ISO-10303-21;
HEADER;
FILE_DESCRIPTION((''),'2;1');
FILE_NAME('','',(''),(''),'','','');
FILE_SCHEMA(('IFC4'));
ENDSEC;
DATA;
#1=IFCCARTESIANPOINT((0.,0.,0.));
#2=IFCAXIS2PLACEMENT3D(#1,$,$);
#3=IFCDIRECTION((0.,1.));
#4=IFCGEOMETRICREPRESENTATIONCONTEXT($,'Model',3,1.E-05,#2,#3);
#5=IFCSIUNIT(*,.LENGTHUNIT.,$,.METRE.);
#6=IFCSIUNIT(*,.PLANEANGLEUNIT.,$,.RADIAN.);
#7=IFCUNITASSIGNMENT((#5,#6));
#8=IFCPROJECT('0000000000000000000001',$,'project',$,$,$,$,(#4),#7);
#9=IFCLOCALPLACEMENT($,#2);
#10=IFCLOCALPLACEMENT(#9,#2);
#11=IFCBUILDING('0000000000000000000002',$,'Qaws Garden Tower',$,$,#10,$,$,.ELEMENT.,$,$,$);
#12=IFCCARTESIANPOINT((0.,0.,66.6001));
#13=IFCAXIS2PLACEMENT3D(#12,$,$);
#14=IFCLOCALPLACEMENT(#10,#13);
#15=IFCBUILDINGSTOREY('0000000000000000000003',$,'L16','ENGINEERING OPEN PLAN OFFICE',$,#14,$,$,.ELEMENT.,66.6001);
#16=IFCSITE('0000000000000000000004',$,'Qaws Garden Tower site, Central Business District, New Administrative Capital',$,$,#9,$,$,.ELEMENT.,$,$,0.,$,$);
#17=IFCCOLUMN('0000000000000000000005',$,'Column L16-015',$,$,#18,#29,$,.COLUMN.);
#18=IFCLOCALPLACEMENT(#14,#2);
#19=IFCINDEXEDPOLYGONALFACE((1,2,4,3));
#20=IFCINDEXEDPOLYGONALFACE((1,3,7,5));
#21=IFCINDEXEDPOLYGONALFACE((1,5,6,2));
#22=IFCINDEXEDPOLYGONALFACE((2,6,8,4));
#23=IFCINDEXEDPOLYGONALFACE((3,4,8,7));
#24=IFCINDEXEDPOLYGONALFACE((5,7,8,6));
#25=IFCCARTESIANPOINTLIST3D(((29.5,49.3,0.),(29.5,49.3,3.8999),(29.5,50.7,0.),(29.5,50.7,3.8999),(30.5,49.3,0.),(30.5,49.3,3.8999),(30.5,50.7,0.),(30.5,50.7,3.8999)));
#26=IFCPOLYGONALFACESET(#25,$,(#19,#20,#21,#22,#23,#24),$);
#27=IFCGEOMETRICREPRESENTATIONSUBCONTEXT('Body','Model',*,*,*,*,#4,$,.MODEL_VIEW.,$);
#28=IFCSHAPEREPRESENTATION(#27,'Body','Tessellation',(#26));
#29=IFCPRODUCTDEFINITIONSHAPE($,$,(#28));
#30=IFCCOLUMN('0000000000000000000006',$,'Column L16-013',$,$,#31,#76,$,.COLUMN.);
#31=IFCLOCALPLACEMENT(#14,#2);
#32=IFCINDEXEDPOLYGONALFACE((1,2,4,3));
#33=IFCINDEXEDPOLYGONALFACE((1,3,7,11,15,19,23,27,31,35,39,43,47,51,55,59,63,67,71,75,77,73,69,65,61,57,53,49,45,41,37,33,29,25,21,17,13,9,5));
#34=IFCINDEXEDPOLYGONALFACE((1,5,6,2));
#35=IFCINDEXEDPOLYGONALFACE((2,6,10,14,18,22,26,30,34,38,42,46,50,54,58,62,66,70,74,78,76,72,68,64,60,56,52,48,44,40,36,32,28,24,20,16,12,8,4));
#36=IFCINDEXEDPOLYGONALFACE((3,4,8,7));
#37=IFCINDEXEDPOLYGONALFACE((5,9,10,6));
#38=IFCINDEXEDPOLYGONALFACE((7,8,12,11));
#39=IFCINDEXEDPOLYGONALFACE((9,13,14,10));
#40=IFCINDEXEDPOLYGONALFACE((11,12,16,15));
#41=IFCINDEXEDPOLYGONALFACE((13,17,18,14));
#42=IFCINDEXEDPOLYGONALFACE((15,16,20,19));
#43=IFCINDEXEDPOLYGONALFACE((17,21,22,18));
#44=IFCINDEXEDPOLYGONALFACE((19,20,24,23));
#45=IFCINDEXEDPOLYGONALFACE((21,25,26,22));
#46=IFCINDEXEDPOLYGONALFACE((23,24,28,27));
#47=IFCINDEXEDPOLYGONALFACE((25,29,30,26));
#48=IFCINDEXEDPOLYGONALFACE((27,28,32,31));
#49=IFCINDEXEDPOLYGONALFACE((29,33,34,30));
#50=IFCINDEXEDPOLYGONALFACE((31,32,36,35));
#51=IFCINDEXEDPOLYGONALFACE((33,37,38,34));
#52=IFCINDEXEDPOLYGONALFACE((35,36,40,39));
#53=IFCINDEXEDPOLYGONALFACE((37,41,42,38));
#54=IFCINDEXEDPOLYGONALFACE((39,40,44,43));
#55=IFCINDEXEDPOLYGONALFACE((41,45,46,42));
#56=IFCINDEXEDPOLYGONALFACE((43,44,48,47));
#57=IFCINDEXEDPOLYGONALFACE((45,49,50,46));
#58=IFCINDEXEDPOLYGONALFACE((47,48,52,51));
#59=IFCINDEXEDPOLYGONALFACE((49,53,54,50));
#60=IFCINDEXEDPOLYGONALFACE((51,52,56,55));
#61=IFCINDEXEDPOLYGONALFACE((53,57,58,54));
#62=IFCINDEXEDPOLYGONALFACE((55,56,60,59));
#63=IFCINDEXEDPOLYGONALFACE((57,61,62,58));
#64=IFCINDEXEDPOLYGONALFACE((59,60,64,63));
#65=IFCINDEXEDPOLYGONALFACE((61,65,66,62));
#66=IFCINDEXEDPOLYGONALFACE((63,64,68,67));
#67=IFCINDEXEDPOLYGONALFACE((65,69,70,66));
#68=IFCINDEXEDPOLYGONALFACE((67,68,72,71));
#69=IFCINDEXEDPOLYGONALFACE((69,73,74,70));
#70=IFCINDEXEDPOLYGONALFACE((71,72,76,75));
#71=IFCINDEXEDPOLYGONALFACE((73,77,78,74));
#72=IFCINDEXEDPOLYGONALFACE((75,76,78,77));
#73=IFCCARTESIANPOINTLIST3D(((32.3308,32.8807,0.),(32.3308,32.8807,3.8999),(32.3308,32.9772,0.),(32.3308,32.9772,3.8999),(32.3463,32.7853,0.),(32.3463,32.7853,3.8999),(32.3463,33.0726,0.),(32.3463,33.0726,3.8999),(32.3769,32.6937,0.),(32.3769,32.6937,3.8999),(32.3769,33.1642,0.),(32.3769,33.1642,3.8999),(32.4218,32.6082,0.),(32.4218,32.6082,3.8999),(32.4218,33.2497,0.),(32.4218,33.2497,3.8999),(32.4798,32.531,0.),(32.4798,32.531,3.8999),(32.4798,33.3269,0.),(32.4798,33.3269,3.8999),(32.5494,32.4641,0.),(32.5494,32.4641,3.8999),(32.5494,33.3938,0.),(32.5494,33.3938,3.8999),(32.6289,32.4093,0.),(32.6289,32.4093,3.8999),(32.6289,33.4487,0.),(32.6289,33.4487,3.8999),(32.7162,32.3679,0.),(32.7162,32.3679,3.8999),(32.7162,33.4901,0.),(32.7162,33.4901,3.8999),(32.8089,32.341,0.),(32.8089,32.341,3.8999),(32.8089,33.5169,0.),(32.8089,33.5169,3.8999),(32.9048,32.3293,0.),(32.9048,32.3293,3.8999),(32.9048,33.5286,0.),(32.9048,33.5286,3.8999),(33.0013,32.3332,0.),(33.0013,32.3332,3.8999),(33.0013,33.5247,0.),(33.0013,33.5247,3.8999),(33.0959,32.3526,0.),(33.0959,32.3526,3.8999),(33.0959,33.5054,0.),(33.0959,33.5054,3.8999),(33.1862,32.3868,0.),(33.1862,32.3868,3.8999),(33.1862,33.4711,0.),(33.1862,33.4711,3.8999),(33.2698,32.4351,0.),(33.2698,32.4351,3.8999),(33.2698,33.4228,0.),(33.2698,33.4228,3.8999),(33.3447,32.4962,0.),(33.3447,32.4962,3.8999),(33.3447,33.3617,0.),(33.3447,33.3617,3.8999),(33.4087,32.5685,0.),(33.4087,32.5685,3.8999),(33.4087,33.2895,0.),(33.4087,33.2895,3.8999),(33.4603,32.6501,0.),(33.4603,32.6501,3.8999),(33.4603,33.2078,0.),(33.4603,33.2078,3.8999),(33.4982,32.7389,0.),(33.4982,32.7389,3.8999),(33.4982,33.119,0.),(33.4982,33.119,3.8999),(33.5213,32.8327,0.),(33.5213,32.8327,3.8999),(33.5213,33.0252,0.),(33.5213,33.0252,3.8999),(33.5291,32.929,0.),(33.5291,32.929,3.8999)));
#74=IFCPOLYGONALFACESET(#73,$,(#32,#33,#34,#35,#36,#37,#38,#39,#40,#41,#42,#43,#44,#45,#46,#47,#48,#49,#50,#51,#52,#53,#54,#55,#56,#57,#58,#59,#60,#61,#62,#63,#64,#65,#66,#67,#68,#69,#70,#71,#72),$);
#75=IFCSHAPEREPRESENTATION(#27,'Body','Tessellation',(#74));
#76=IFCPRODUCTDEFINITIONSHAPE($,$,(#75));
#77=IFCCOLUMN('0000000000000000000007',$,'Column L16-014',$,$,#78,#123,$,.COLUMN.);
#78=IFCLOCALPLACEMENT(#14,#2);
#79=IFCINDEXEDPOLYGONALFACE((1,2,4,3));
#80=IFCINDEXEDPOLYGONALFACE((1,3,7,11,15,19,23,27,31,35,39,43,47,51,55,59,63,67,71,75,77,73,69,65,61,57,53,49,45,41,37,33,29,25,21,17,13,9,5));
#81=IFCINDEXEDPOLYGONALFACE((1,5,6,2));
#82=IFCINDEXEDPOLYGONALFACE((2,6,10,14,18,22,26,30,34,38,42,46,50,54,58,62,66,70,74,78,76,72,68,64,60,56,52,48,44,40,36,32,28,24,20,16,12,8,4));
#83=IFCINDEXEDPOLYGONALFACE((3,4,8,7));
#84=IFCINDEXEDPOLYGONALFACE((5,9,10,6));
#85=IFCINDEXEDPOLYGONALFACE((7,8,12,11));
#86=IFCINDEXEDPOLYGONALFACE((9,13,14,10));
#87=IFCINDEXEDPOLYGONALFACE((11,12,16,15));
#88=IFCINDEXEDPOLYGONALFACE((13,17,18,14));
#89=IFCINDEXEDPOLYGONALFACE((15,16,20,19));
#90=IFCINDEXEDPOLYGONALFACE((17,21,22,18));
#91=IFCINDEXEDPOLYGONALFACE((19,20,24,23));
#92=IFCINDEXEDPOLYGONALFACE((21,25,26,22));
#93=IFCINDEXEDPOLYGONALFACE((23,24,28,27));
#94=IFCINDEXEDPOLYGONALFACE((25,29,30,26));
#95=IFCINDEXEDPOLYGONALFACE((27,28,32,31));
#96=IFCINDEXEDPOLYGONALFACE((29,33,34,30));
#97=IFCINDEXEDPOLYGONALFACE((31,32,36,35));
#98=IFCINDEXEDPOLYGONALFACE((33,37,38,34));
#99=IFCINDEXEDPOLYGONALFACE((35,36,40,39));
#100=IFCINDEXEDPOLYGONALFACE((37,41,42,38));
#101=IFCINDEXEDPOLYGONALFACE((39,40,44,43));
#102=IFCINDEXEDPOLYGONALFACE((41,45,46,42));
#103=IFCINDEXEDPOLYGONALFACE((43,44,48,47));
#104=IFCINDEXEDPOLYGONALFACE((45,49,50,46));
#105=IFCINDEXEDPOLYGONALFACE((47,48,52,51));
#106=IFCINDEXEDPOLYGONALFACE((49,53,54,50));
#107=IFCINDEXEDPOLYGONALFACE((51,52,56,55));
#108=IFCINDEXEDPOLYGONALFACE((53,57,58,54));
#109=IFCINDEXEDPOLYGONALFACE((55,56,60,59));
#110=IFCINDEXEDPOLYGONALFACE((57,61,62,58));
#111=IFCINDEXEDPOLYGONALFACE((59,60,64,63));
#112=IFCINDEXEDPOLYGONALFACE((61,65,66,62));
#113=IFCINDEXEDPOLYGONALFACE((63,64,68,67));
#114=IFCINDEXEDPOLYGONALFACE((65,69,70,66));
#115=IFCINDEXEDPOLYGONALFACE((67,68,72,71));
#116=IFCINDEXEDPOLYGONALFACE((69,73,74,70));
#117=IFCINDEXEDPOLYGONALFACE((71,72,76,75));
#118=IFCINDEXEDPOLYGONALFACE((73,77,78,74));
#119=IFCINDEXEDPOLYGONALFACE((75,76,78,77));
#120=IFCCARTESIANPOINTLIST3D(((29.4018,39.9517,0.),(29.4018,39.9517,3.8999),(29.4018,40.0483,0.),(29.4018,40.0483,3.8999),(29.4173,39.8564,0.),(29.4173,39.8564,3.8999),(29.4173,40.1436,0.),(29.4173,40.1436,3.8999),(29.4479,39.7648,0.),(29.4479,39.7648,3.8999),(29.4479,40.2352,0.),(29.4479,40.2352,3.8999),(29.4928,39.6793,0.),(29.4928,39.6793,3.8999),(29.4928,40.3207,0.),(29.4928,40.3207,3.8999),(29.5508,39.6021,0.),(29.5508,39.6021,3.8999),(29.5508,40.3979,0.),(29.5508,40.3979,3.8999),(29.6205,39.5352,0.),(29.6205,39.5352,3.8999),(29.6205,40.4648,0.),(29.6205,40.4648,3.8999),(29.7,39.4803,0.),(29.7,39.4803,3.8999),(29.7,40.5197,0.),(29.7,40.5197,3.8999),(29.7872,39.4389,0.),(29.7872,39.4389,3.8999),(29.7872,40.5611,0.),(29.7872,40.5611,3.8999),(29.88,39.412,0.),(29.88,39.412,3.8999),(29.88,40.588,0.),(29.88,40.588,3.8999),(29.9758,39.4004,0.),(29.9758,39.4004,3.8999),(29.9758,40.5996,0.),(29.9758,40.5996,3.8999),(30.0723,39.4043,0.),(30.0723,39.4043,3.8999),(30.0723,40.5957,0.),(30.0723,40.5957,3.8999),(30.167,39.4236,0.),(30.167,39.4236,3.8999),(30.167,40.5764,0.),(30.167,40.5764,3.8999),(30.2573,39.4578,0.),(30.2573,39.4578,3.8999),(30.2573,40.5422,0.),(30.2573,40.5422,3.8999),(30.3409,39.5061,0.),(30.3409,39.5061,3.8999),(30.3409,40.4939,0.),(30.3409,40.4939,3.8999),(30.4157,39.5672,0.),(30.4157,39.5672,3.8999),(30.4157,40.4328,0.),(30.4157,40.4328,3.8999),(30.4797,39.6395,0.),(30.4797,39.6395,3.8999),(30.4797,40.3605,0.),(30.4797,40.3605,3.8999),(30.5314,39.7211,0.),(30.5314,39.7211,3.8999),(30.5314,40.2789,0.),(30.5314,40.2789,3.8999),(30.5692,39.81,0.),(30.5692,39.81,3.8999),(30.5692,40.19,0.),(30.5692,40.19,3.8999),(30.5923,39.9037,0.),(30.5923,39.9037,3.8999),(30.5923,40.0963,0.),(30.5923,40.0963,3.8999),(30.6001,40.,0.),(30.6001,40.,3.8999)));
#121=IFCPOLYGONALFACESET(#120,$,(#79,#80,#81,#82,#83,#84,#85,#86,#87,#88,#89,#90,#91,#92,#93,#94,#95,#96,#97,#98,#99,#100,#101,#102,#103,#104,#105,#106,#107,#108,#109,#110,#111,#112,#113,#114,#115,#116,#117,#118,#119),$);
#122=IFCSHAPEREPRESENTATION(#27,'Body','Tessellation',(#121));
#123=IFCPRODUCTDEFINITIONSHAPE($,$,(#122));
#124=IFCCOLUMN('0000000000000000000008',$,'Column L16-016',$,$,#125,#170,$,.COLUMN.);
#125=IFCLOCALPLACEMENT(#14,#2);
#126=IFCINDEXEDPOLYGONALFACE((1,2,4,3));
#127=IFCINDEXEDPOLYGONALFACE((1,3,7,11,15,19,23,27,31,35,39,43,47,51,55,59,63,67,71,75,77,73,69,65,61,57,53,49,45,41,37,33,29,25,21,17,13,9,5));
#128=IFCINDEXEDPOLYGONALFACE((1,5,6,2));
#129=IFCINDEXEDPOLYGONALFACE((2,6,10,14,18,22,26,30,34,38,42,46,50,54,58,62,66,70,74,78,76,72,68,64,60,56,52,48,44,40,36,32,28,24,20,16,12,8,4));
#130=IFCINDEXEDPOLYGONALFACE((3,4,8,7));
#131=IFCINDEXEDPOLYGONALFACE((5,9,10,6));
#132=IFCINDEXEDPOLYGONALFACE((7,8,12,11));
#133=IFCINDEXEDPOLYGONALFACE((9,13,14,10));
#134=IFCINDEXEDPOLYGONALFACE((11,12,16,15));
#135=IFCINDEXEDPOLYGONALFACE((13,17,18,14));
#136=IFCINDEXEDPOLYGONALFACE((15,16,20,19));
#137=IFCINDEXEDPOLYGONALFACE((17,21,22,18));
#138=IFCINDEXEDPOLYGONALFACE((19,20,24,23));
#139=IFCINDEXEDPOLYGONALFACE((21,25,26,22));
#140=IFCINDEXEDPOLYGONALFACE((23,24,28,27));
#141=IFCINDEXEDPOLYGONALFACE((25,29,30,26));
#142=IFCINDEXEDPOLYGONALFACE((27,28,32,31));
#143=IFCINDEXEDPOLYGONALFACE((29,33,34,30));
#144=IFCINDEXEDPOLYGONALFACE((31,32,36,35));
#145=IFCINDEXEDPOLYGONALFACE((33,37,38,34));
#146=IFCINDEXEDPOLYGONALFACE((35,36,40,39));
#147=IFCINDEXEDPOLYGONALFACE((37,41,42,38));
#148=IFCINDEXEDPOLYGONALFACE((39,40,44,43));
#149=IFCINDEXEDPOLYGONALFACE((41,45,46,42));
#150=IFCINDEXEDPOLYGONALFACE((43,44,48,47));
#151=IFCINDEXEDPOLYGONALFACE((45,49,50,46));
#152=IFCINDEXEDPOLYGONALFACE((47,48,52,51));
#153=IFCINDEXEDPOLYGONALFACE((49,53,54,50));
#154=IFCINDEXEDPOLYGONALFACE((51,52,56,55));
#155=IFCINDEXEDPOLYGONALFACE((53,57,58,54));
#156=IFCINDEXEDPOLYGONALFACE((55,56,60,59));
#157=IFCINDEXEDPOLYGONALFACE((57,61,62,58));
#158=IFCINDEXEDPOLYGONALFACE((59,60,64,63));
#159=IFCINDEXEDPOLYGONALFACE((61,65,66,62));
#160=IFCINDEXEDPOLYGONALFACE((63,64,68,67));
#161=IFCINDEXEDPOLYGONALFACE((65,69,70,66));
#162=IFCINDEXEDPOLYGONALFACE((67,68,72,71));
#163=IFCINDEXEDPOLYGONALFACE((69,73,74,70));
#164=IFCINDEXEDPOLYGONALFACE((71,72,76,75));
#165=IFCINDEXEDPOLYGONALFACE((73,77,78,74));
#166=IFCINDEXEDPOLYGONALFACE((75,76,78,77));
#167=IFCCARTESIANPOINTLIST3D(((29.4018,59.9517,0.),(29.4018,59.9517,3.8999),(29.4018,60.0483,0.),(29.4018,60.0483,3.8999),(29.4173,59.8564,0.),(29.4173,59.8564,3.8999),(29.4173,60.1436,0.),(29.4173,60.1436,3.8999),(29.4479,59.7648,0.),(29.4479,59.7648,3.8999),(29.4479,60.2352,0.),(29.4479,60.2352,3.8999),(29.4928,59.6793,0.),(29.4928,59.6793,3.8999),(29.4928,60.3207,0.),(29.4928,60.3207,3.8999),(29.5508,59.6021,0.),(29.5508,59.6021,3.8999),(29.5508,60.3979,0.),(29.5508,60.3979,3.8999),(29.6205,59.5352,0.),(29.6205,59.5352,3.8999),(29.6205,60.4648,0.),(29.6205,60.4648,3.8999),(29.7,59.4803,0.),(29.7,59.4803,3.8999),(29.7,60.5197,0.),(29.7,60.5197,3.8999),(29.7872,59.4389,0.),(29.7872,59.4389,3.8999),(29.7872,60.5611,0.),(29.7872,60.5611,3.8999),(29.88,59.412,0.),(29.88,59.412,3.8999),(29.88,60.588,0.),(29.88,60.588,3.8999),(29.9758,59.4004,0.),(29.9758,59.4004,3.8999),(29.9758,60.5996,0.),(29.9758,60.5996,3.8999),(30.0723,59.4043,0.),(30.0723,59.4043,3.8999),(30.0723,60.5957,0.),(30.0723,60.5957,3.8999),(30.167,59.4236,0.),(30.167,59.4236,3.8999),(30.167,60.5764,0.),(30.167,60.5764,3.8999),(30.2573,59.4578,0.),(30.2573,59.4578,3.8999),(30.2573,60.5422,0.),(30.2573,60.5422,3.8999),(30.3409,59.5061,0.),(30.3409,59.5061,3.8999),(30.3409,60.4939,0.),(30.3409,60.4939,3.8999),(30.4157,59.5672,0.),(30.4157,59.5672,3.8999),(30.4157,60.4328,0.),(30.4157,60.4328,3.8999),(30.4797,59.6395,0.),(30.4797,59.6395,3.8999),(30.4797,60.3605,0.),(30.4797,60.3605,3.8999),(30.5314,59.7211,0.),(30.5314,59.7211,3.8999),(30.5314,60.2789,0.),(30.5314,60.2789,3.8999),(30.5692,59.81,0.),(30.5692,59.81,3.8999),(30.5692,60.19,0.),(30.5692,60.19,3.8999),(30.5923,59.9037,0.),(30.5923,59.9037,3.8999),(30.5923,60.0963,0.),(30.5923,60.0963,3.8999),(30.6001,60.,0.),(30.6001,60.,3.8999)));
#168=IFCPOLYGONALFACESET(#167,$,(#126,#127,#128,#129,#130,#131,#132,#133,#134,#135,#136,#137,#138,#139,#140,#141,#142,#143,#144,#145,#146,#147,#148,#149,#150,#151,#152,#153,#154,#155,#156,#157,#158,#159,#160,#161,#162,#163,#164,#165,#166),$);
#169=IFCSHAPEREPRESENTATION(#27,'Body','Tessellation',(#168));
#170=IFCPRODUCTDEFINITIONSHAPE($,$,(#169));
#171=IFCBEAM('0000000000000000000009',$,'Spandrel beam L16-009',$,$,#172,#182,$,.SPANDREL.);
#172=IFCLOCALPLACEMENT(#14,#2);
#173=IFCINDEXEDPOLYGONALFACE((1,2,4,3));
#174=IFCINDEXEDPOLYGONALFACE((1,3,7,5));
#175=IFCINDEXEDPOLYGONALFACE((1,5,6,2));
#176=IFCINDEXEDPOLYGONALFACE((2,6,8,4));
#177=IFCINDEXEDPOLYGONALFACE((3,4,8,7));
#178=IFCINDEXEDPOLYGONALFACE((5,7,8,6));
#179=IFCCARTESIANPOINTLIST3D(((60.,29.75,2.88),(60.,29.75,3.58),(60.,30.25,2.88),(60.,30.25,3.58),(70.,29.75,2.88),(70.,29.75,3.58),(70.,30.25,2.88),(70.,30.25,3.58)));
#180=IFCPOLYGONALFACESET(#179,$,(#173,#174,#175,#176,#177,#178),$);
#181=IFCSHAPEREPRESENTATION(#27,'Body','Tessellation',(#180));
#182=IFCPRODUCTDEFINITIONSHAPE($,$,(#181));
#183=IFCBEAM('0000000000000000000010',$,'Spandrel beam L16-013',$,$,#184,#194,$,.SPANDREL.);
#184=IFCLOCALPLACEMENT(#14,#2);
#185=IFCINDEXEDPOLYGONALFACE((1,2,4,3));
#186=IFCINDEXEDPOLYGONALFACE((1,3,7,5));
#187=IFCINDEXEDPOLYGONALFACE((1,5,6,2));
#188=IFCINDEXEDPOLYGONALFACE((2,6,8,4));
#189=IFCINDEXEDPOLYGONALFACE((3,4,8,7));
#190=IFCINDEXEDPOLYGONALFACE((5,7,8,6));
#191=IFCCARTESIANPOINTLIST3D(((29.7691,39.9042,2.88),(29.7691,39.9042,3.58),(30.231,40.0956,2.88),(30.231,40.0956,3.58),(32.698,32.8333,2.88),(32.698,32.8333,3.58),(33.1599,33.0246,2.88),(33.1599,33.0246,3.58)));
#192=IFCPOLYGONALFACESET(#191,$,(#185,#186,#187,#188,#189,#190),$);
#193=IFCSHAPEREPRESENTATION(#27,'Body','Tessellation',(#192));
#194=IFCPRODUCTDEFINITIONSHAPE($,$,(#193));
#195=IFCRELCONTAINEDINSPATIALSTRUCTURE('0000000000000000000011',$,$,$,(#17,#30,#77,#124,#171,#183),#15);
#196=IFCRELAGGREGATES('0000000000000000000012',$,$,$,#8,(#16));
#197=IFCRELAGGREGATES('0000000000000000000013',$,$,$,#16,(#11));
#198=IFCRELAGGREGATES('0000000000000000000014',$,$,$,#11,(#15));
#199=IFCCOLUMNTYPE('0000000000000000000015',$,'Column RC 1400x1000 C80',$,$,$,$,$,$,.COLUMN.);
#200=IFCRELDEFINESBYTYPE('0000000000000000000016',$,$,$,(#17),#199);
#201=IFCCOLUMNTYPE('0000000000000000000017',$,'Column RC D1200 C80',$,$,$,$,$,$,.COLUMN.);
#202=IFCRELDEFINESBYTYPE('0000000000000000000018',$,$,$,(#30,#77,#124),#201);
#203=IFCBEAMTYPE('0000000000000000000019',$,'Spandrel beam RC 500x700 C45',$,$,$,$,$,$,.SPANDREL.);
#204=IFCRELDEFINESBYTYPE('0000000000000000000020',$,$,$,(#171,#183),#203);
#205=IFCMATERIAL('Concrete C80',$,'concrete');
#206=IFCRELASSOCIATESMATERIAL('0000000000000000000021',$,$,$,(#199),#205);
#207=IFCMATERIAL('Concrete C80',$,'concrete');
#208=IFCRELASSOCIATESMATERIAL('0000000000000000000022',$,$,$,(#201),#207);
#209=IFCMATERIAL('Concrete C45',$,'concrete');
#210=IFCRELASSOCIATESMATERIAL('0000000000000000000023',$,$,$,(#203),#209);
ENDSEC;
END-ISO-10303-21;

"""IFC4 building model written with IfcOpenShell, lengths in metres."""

from ifc_helpers import new_model, si_unit, direction, frame, origin, origin_2d, place, context, subcontext, project, spatial, rectangle, circle, extrude, material, material_profile, profile_set, type_object, element, save


model = new_model("IFC4")

# Units and contexts
model_context = context("Model", 3, precision=1e-05, world=origin(), true_north=direction((0.0, 1.0)))
body_context = subcontext(model_context, "Body", "Model", "MODEL_VIEW")
ifc_project = project(units=[si_unit("LENGTHUNIT", "METRE"), si_unit("PLANEANGLEUNIT", "RADIAN")], contexts=[model_context])

# Site, building, storey
site_placement = place(None, origin())
site = spatial("IfcSite", under=ifc_project, at=site_placement, Name="Qaws Garden Tower site, Central Business District, New Administrative Capital", CompositionType="ELEMENT", RefElevation=0.0)
building_placement = place(site_placement, origin())
building = spatial("IfcBuilding", under=site, at=building_placement, Name="Qaws Garden Tower", CompositionType="ELEMENT")
storey_placement = place(building_placement, frame((0.0, 0.0, 66.6001)))
storey = spatial("IfcBuildingStorey", under=building, at=storey_placement, Name="L16", Description="ENGINEERING OPEN PLAN OFFICE", CompositionType="ELEMENT", Elevation=66.6001)

# Columns
ifc_material_1 = material(Name="Concrete C80", Category="concrete")
ifc_material_profile_1 = material_profile(ifc_material_1, rectangle(XDim=1.3999, YDim=1.0, at=origin_2d()), Name="RC 1400x1000")
ifc_profile_set_1 = profile_set([ifc_material_profile_1], Name="Concrete C80")
column_type_1 = type_object("IfcColumnType", Name="Column RC 1400x1000 C80", PredefinedType="COLUMN", material=ifc_profile_set_1)
column_placement = place(storey_placement, frame((30.0, 50.0, 0.0), z_axis=(0.0, 0.0, 1.0), x_axis=(0.0, 1.0, 0.0)))
element("IfcColumn", 1, at=column_placement, inside=storey, type_object=column_type_1, Name="Column L16-015", PredefinedType="COLUMN", context=body_context, shape_type="SweptSolid", body=[
    extrude(rectangle(XDim=1.3999, YDim=1.0, at=origin_2d()), origin(), (0.0, 0.0, 1.0), 3.8999),
])
ifc_material_2 = material(Name="Concrete C80", Category="concrete")
ifc_material_profile_2 = material_profile(ifc_material_2, circle(Radius=0.6001, at=origin_2d()), Name="RC D1200")
ifc_profile_set_2 = profile_set([ifc_material_profile_2], Name="Concrete C80")
column_type_2 = type_object("IfcColumnType", Name="Column RC D1200 C80", PredefinedType="COLUMN", material=ifc_profile_set_2)
for number, where, z_axis, x_axis, name in (
    (2, (32.929, 32.929, 0.0), (0.0, 0.0, 1.0), (1.0, 0.0, 0.0), "Column L16-013"),
    (3, (30.0, 40.0, 0.0), (0.0, 0.0, 1.0), (1.0, 0.0, 0.0), "Column L16-014"),
    (4, (30.0, 60.0, 0.0), (0.0, 0.0, 1.0), (1.0, 0.0, 0.0), "Column L16-016"),
):
    element("IfcColumn", number, at=place(storey_placement, frame(where, z_axis=z_axis, x_axis=x_axis)), inside=storey, type_object=column_type_2, Name=name, PredefinedType="COLUMN", context=body_context, shape_type="SweptSolid", body=[
        extrude(circle(Radius=0.6001, at=origin_2d()), origin(), (0.0, 0.0, 1.0), 3.8999),
    ])

# Beams
ifc_material_3 = material(Name="Concrete C45", Category="concrete")
ifc_material_profile_3 = material_profile(ifc_material_3, rectangle(XDim=0.5, YDim=0.7, at=origin_2d()), Name="RC 500x700")
ifc_profile_set_3 = profile_set([ifc_material_profile_3], Name="Concrete C45")
beam_type = type_object("IfcBeamType", Name="Spandrel beam RC 500x700 C45", PredefinedType="SPANDREL", material=ifc_profile_set_3)
beam_1_placement = place(storey_placement, frame((70.0, 30.0, 3.23), z_axis=(-1.0, 0.0, 0.0), x_axis=(0.0, -1.0, 0.0)))
element("IfcBeam", 5, at=beam_1_placement, inside=storey, type_object=beam_type, Name="Spandrel beam L16-009", PredefinedType="SPANDREL", context=body_context, shape_type="SweptSolid", body=[
    extrude(rectangle(XDim=0.5, YDim=0.7, at=origin_2d()), origin(), (0.0, 0.0, 1.0), 10.0),
])
beam_2_placement = place(storey_placement, frame((32.929, 32.929, 3.23), z_axis=(-0.382687, 0.923878, 0.0), x_axis=(-0.923878, -0.382687, 0.0)))
element("IfcBeam", 6, at=beam_2_placement, inside=storey, type_object=beam_type, Name="Spandrel beam L16-013", PredefinedType="SPANDREL", context=body_context, shape_type="SweptSolid", body=[
    extrude(rectangle(XDim=0.5, YDim=0.7, at=origin_2d()), origin(), (0.0, 0.0, 1.0), 7.6536),
])

save(model, "model.ifc")
